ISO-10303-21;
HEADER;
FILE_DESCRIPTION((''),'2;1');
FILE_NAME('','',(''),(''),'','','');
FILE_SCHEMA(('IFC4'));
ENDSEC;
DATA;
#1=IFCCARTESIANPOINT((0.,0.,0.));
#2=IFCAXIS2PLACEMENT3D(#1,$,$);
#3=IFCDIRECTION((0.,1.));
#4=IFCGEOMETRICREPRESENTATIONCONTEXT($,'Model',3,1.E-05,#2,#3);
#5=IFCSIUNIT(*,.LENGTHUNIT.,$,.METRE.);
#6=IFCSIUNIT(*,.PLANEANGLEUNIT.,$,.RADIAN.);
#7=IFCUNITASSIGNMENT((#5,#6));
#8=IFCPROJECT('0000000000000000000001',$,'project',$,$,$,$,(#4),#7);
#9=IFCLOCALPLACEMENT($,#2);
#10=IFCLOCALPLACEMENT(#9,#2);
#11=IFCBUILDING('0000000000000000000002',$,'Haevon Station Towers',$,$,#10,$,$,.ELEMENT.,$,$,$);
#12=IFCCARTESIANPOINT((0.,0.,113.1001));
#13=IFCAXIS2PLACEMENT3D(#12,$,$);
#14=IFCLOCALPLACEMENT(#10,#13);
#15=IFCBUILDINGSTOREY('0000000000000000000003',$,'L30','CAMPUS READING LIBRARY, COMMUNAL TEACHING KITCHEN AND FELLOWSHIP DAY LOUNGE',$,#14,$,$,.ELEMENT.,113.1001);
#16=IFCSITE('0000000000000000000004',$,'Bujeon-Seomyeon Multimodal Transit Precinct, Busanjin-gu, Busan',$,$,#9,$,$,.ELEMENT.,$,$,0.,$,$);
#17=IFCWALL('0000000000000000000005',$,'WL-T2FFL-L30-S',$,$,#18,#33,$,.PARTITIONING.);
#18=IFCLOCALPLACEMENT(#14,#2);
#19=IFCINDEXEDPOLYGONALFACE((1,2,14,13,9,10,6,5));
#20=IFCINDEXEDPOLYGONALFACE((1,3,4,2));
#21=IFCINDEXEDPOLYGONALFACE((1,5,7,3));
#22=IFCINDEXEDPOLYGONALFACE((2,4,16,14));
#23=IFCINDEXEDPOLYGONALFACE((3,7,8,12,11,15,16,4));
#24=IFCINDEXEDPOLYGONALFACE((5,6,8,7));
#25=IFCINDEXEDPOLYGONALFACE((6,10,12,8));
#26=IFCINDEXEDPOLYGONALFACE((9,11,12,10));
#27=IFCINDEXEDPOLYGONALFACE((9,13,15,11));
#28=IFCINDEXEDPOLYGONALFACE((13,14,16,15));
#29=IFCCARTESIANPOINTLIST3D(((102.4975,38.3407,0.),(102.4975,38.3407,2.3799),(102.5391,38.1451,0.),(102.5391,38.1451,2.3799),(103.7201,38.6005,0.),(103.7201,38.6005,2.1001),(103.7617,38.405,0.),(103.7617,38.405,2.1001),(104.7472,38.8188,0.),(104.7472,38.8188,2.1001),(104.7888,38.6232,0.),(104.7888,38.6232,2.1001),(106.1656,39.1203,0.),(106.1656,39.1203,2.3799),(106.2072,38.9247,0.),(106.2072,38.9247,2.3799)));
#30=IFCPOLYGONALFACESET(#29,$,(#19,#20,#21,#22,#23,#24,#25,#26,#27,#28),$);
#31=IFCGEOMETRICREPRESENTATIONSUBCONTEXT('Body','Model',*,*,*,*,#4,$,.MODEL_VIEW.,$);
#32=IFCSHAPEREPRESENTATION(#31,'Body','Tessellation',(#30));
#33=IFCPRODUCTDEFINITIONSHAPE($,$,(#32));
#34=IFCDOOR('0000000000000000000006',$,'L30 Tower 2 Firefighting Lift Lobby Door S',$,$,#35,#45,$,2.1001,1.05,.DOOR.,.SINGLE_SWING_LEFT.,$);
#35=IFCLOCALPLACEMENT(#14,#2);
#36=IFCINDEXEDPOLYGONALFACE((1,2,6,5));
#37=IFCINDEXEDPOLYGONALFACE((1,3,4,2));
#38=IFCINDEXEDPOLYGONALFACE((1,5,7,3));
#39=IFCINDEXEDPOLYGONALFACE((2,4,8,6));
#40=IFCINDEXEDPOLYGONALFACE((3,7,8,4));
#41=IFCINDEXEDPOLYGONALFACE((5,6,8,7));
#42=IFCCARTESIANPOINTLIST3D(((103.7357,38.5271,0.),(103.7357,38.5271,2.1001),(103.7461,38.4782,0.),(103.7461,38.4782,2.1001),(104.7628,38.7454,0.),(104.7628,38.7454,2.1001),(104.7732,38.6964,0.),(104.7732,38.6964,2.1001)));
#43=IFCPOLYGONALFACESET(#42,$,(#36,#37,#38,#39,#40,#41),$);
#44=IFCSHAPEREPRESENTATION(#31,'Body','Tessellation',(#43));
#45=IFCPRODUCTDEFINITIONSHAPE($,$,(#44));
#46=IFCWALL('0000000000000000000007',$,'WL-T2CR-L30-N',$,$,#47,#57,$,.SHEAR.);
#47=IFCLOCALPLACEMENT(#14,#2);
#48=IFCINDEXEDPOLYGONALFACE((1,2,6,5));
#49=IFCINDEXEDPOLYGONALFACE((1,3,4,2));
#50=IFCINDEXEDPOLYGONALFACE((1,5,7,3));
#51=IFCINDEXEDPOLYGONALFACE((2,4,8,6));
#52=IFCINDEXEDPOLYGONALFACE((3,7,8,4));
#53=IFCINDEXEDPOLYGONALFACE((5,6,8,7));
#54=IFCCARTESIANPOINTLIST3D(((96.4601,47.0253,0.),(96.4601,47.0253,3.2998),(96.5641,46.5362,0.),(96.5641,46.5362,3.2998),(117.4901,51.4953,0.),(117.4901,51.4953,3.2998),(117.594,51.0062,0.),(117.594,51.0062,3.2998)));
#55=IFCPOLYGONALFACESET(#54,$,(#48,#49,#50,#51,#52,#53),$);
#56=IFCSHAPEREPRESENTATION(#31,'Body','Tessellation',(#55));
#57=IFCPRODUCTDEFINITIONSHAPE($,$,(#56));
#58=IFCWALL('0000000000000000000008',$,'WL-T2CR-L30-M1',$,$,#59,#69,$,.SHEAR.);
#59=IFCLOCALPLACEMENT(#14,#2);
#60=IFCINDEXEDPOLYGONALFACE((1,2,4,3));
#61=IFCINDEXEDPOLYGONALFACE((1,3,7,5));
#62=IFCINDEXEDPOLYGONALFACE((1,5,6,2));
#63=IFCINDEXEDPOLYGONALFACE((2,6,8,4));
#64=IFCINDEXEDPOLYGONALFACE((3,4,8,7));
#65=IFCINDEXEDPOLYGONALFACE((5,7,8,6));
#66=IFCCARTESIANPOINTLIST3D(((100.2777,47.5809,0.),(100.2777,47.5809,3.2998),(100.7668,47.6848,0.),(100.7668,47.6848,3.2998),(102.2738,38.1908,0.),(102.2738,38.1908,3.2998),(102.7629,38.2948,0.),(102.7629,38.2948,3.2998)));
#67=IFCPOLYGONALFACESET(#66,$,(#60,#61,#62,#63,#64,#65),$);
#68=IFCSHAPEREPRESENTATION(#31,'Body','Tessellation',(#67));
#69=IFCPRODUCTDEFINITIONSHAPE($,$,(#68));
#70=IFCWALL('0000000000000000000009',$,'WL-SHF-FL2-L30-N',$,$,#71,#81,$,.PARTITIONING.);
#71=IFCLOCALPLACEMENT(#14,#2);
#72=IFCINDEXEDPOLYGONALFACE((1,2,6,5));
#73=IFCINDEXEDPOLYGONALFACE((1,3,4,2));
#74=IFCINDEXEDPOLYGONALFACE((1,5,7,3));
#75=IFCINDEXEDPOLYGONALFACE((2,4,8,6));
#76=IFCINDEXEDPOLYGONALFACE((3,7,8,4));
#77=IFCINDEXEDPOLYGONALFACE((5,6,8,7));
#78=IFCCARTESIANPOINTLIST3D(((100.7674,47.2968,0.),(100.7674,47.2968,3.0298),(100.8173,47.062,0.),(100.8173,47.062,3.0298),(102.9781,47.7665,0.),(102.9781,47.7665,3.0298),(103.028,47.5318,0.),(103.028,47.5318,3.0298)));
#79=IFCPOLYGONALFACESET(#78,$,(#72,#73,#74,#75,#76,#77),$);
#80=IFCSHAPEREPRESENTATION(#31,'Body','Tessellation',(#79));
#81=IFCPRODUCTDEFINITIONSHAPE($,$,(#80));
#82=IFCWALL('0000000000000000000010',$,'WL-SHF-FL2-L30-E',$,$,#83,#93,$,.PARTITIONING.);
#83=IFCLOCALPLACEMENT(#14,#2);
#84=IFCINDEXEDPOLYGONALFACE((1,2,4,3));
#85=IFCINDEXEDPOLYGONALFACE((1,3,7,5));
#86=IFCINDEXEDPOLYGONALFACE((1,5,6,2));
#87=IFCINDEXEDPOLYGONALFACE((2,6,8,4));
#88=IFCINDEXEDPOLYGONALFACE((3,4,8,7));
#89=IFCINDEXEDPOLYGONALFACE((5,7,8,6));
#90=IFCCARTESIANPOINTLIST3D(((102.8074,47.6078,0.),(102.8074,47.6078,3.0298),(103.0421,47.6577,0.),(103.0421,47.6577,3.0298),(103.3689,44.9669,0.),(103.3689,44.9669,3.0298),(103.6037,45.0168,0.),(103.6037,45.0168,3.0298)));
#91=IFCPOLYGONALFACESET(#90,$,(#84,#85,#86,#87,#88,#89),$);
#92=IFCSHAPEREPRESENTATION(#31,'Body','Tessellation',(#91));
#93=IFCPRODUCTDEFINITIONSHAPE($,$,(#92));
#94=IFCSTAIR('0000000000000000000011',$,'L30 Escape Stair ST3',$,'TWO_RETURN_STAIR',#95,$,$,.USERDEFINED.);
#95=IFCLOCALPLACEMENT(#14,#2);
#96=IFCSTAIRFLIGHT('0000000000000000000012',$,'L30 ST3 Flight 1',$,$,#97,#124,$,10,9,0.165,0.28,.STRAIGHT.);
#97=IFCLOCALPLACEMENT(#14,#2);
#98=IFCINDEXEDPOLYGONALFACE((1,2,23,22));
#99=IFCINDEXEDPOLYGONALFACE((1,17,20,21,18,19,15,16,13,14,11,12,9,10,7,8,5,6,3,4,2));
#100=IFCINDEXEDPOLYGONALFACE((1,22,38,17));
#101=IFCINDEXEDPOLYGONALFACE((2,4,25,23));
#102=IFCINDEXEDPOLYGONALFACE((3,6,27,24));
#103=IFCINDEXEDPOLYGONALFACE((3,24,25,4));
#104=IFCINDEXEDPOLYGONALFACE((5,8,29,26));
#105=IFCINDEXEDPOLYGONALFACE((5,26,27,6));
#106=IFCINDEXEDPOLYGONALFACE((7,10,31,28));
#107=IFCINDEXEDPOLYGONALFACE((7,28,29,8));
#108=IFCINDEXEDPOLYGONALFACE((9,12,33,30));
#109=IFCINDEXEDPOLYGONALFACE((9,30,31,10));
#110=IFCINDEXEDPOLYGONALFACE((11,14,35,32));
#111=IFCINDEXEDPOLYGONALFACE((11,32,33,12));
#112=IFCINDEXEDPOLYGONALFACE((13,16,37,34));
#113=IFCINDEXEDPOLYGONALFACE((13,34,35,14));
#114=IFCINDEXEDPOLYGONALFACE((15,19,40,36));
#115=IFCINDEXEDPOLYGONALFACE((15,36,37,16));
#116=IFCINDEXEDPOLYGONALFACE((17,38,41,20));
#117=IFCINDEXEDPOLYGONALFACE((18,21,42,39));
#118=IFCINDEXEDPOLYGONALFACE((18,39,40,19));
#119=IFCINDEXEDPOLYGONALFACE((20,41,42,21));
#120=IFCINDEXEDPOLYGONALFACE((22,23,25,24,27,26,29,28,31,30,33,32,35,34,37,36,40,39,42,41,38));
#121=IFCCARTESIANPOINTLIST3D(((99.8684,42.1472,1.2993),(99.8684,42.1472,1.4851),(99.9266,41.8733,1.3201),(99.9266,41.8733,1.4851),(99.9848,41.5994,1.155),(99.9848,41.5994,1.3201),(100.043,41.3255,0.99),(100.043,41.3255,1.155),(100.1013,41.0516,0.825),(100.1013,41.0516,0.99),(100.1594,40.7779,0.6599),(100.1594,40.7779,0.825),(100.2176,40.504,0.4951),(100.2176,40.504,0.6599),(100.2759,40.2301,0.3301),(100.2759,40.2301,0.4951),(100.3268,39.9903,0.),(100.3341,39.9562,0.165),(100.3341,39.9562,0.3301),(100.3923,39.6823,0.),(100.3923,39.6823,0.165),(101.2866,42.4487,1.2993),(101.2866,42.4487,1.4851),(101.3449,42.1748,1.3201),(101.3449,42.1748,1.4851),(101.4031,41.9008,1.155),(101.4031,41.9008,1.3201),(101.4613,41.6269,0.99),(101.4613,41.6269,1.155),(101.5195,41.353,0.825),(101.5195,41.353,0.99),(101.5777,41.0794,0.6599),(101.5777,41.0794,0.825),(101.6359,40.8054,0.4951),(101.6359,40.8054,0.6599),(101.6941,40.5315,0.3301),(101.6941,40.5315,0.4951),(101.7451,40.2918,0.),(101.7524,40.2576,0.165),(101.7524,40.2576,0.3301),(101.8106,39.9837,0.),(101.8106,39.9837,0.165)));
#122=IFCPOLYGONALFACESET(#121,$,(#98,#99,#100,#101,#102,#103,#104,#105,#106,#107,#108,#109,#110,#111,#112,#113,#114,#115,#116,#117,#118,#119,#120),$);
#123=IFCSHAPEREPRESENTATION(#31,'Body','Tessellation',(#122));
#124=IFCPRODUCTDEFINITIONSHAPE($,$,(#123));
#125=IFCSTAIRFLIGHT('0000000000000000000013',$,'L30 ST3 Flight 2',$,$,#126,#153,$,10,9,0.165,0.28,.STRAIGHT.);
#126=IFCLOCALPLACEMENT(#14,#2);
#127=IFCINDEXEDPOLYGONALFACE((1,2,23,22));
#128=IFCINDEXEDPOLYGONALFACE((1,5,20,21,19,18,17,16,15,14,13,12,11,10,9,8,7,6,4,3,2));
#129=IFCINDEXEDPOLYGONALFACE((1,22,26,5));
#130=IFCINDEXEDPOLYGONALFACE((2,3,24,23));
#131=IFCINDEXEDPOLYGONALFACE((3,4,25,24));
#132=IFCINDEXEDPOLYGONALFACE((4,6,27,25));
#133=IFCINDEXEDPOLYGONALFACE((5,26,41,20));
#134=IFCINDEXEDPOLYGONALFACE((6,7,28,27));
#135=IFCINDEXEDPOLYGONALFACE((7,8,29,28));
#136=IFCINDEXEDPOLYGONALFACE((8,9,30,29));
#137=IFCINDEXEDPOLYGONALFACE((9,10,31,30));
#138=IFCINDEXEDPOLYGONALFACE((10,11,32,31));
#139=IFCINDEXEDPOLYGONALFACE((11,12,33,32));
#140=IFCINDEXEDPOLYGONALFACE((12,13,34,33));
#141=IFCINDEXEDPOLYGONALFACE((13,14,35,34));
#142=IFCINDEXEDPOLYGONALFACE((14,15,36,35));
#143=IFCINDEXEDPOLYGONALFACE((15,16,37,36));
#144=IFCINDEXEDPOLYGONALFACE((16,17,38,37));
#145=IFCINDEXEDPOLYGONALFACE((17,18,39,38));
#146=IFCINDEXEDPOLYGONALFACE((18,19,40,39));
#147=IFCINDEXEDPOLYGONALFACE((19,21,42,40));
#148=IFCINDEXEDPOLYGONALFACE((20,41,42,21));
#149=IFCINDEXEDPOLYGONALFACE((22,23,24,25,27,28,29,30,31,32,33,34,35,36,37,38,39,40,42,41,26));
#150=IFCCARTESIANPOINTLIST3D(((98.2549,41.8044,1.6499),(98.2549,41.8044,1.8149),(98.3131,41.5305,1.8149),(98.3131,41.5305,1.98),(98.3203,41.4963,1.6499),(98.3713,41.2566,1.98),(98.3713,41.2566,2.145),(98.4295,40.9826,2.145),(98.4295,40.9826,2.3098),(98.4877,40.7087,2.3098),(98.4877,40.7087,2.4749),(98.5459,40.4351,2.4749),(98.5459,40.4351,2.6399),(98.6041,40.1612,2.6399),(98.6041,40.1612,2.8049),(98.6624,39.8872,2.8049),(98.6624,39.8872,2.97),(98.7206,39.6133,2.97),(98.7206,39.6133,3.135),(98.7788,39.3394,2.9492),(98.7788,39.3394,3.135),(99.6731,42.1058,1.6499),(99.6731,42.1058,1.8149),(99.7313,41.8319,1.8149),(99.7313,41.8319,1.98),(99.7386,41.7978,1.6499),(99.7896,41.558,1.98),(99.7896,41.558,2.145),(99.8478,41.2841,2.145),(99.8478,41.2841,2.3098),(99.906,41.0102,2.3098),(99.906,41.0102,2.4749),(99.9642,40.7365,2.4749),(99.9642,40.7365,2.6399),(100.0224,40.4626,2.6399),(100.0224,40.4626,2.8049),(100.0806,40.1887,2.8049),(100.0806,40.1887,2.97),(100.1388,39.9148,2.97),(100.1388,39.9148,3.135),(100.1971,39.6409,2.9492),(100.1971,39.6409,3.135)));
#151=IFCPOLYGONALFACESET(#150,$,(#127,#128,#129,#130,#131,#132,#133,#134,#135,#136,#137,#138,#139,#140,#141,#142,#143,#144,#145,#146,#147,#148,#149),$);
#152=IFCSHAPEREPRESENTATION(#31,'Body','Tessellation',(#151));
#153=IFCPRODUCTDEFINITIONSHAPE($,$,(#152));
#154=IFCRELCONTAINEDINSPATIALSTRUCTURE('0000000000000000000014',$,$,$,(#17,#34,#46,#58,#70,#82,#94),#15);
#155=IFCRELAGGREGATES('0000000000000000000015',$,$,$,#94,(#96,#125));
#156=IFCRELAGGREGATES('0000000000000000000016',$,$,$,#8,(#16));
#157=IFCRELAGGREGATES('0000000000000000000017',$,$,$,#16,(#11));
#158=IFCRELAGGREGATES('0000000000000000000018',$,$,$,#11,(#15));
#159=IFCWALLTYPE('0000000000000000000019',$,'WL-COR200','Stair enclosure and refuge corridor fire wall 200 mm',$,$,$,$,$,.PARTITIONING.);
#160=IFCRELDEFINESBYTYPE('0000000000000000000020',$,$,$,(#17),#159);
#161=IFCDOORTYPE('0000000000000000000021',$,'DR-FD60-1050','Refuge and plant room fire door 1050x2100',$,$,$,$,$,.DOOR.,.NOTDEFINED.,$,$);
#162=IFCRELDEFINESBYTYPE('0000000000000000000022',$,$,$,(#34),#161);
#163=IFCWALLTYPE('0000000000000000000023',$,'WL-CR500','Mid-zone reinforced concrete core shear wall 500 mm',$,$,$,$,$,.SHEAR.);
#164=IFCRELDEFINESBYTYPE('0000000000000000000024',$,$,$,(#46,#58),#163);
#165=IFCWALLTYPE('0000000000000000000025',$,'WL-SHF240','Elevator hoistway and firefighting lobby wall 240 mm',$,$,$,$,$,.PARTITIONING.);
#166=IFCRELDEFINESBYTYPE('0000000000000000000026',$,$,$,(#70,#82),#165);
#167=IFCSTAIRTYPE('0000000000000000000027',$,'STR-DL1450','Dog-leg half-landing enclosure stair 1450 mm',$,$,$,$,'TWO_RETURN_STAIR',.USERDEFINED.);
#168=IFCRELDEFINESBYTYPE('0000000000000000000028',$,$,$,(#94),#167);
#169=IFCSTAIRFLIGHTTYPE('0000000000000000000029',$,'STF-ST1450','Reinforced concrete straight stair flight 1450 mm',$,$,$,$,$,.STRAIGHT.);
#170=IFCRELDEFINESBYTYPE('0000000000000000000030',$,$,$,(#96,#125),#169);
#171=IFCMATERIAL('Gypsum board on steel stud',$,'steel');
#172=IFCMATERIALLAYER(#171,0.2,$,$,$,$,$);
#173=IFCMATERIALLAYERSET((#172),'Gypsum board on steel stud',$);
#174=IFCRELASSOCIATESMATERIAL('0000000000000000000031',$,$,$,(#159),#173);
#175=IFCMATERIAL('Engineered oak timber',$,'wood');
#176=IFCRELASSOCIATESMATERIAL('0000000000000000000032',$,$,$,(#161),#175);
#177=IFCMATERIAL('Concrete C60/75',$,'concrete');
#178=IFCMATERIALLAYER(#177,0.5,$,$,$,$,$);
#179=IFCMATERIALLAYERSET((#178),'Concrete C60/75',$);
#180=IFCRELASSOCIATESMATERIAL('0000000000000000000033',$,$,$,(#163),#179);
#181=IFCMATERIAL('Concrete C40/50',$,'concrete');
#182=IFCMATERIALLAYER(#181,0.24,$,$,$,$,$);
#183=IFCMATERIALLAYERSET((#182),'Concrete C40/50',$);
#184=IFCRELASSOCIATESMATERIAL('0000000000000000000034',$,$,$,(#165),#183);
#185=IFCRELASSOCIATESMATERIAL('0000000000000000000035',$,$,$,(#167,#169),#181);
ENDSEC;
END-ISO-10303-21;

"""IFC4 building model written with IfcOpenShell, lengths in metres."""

from ifc_helpers import new_model, si_unit, direction, frame, frame_2d, origin, place, context, subcontext, project, spatial, polyline, rectangle, outline, extrude, material, layer, layer_set, type_object, element, fill, aggregate, save


model = new_model("IFC4")

# Units and contexts
model_context = context("Model", 3, precision=1e-05, world=origin(), true_north=direction((0.0, 1.0)))
body_context = subcontext(model_context, "Body", "Model", "MODEL_VIEW")
ifc_project = project(units=[si_unit("LENGTHUNIT", "METRE"), si_unit("PLANEANGLEUNIT", "RADIAN")], contexts=[model_context])

# Site, building, storey
site_placement = place(None, origin())
site = spatial("IfcSite", under=ifc_project, at=site_placement, Name="Bujeon-Seomyeon Multimodal Transit Precinct, Busanjin-gu, Busan", CompositionType="ELEMENT", RefElevation=0.0)
building_placement = place(site_placement, origin())
building = spatial("IfcBuilding", under=site, at=building_placement, Name="Haevon Station Towers", CompositionType="ELEMENT")
storey_placement = place(building_placement, frame((0.0, 0.0, 113.1001)))
storey = spatial("IfcBuildingStorey", under=building, at=storey_placement, Name="L30", Description="CAMPUS READING LIBRARY, COMMUNAL TEACHING KITCHEN AND FELLOWSHIP DAY LOUNGE", CompositionType="ELEMENT", Elevation=113.1001)

# Wall, opening, door
ifc_material_1 = material(Name="Gypsum board on steel stud", Category="steel")
ifc_layer_1 = layer(ifc_material_1, 0.2)
ifc_layer_set_1 = layer_set([ifc_layer_1], Name="Gypsum board on steel stud")
wall_type_1 = type_object("IfcWallType", Name="WL-COR200", Description="Stair enclosure and refuge corridor fire wall 200 mm", PredefinedType="PARTITIONING", material=ifc_layer_set_1)
ifc_material_2 = material(Name="Engineered oak timber", Category="wood")
wall_1_placement = place(storey_placement, frame((102.5183, 38.2429, 0.0), z_axis=(0.0, 0.0, 1.0), x_axis=(0.978154, 0.207884, 0.0)))
wall_1 = element("IfcWall", 1, at=wall_1_placement, inside=storey, type_object=wall_type_1, Name="WL-T2FFL-L30-S", PredefinedType="PARTITIONING", context=body_context, shape_type="SweptSolid", body=[
    extrude(rectangle(XDim=3.75, YDim=0.2, at=frame_2d((1.875, 0.0))), origin(), (0.0, 0.0, 1.0), 2.3799),
])
opening_1_placement = place(wall_1_placement, frame((1.25, 0.0, 0.0)))
opening_1 = element("IfcOpeningElement", 2, at=opening_1_placement, cuts=wall_1, PredefinedType="OPENING", context=body_context, shape_type="SweptSolid", body=[
    extrude(rectangle(XDim=1.05, YDim=2.1001, at=frame_2d((0.5249, 1.05))), frame((0.0, 0.1099, 0.0), z_axis=(0.0, -1.0, 0.0), x_axis=(1.0, 0.0, 0.0)), (0.0, 0.0, 1.0), 0.22),
])
door_type_1 = type_object("IfcDoorType", Name="DR-FD60-1050", Description="Refuge and plant room fire door 1050x2100", OperationType="NOTDEFINED", PredefinedType="DOOR", material=ifc_material_2)
door_1_placement = place(opening_1_placement, origin())
door_1 = element("IfcDoor", 3, at=door_1_placement, inside=storey, type_object=door_type_1, Name="L30 Tower 2 Firefighting Lift Lobby Door S", OperationType="SINGLE_SWING_LEFT", OverallHeight=2.1001, OverallWidth=1.05, PredefinedType="DOOR", context=body_context, shape_type="SweptSolid", body=[
    extrude(rectangle(XDim=1.05, YDim=2.1001, at=frame_2d((0.5249, 1.05))), frame((0.0, 0.0249, 0.0), z_axis=(0.0, -1.0, 0.0), x_axis=(1.0, 0.0, 0.0)), (0.0, 0.0, 1.0), 0.05),
])
fill(opening_1, door_1)

# Walls
ifc_material_3 = material(Name="Concrete C60/75", Category="concrete")
ifc_layer_2 = layer(ifc_material_3, 0.5)
ifc_layer_set_2 = layer_set([ifc_layer_2], Name="Concrete C60/75")
wall_type_2 = type_object("IfcWallType", Name="WL-CR500", Description="Mid-zone reinforced concrete core shear wall 500 mm", PredefinedType="SHEAR", material=ifc_layer_set_2)
wall_2_placement = place(storey_placement, frame((96.512, 46.7808, 0.0), z_axis=(0.0, 0.0, 1.0), x_axis=(0.978149, 0.207907, 0.0)))
element("IfcWall", 4, at=wall_2_placement, inside=storey, type_object=wall_type_2, Name="WL-T2CR-L30-N", PredefinedType="SHEAR", context=body_context, shape_type="SweptSolid", body=[
    extrude(rectangle(XDim=21.4998, YDim=0.5, at=frame_2d((10.75, 0.0))), origin(), (0.0, 0.0, 1.0), 3.2998),
])
wall_3_placement = place(storey_placement, frame((102.5183, 38.2429, 0.0), z_axis=(0.0, 0.0, 1.0), x_axis=(-0.207927, 0.978144, 0.0)))
element("IfcWall", 5, at=wall_3_placement, inside=storey, type_object=wall_type_2, Name="WL-T2CR-L30-M1", PredefinedType="SHEAR", context=body_context, shape_type="SweptSolid", body=[
    extrude(rectangle(XDim=9.5999, YDim=0.5, at=frame_2d((4.7998, 0.0))), origin(), (0.0, 0.0, 1.0), 3.2998),
])

# Shared definitions
ifc_material_4 = material(Name="Concrete C40/50", Category="concrete")
ifc_layer_3 = layer(ifc_material_4, 0.24)
ifc_layer_set_3 = layer_set([ifc_layer_3], Name="Concrete C40/50")
wall_type_3 = type_object("IfcWallType", Name="WL-SHF240", Description="Elevator hoistway and firefighting lobby wall 240 mm", PredefinedType="PARTITIONING", material=ifc_layer_set_3)

# Walls
wall_4_placement = place(storey_placement, frame((100.7925, 47.1794, 0.0), z_axis=(0.0, 0.0, 1.0), x_axis=(0.978163, 0.207839, 0.0)))
element("IfcWall", 6, at=wall_4_placement, inside=storey, type_object=wall_type_3, Name="WL-SHF-FL2-L30-N", PredefinedType="PARTITIONING", context=body_context, shape_type="SweptSolid", body=[
    extrude(rectangle(XDim=2.26, YDim=0.24, at=frame_2d((1.1299, 0.0))), origin(), (0.0, 0.0, 1.0), 3.0298),
])
wall_5_placement = place(storey_placement, frame((103.4863, 44.9917, 0.0), z_axis=(0.0, 0.0, 1.0), x_axis=(-0.207979, 0.978133, 0.0)))
element("IfcWall", 7, at=wall_5_placement, inside=storey, type_object=wall_type_3, Name="WL-SHF-FL2-L30-E", PredefinedType="PARTITIONING", context=body_context, shape_type="SweptSolid", body=[
    extrude(rectangle(XDim=2.7, YDim=0.24, at=frame_2d((1.3501, 0.0))), origin(), (0.0, 0.0, 1.0), 3.0298),
])

# Stair, stair flights
stair_type = type_object("IfcStairType", Name="STR-DL1450", Description="Dog-leg half-landing enclosure stair 1450 mm", ElementType="TWO_RETURN_STAIR", PredefinedType="USERDEFINED", material=ifc_material_4)
stair_placement = place(storey_placement, origin())
stair = element("IfcStair", 8, at=stair_placement, inside=storey, type_object=stair_type, Name="L30 Escape Stair ST3", ObjectType="TWO_RETURN_STAIR", PredefinedType="USERDEFINED")
stair_flight_type = type_object("IfcStairFlightType", Name="STF-ST1450", Description="Reinforced concrete straight stair flight 1450 mm", PredefinedType="STRAIGHT", material=ifc_material_4)
stair_flight_1_placement = place(storey_placement, frame((101.1016, 39.833, 0.0), z_axis=(0.0, 0.0, 1.0), x_axis=(-0.207912, 0.978148, 0.0)))
stair_flight_1 = element("IfcStairFlight", 9, at=stair_flight_1_placement, type_object=stair_flight_type, Name="L30 ST3 Flight 1", NumberOfRisers=10, NumberOfTreads=9, PredefinedType="STRAIGHT", RiserHeight=0.165, TreadLength=0.28, context=body_context, shape_type="SweptSolid", body=[
    extrude(outline(polyline([(0.0, 0.0), (0.0, 0.165), (0.28, 0.165), (0.28, 0.3301), (0.5601, 0.3301), (0.5601, 0.4951), (0.8401, 0.4951), (0.8401, 0.6599), (1.1201, 0.6599), (1.1201, 0.825), (1.3999, 0.825), (1.3999, 0.99), (1.6799, 0.99), (1.6799, 1.155), (1.96, 1.155), (1.96, 1.3201), (2.24, 1.3201), (2.24, 1.4851), (2.52, 1.4851), (2.52, 1.6499), (2.52, 1.2993), (0.3149, 0.0), (0.0, 0.0)])), frame((0.0, 0.7251, 0.0), z_axis=(0.0, -1.0, 0.0), x_axis=(1.0, 0.0, 0.0)), (0.0, 0.0, 1.0), 1.45),
])
stair_flight_2_placement = place(storey_placement, frame((98.9639, 41.9551, 1.6499), z_axis=(0.0, 0.0, 1.0), x_axis=(0.207912, -0.978148, 0.0)))
stair_flight_2 = element("IfcStairFlight", 10, at=stair_flight_2_placement, type_object=stair_flight_type, Name="L30 ST3 Flight 2", NumberOfRisers=10, NumberOfTreads=9, PredefinedType="STRAIGHT", RiserHeight=0.165, TreadLength=0.28, context=body_context, shape_type="SweptSolid", body=[
    extrude(outline(polyline([(0.0, 0.0), (0.0, 0.165), (0.28, 0.165), (0.28, 0.3301), (0.5601, 0.3301), (0.5601, 0.4951), (0.8401, 0.4951), (0.8401, 0.6599), (1.1201, 0.6599), (1.1201, 0.825), (1.3999, 0.825), (1.3999, 0.99), (1.6799, 0.99), (1.6799, 1.155), (1.96, 1.155), (1.96, 1.3201), (2.24, 1.3201), (2.24, 1.4851), (2.52, 1.4851), (2.52, 1.6499), (2.52, 1.2993), (0.3149, 0.0), (0.0, 0.0)])), frame((0.0, 0.7251, 0.0), z_axis=(0.0, -1.0, 0.0), x_axis=(1.0, 0.0, 0.0)), (0.0, 0.0, 1.0), 1.45),
])
aggregate(stair, [stair_flight_1, stair_flight_2])

save(model, "model.ifc")
